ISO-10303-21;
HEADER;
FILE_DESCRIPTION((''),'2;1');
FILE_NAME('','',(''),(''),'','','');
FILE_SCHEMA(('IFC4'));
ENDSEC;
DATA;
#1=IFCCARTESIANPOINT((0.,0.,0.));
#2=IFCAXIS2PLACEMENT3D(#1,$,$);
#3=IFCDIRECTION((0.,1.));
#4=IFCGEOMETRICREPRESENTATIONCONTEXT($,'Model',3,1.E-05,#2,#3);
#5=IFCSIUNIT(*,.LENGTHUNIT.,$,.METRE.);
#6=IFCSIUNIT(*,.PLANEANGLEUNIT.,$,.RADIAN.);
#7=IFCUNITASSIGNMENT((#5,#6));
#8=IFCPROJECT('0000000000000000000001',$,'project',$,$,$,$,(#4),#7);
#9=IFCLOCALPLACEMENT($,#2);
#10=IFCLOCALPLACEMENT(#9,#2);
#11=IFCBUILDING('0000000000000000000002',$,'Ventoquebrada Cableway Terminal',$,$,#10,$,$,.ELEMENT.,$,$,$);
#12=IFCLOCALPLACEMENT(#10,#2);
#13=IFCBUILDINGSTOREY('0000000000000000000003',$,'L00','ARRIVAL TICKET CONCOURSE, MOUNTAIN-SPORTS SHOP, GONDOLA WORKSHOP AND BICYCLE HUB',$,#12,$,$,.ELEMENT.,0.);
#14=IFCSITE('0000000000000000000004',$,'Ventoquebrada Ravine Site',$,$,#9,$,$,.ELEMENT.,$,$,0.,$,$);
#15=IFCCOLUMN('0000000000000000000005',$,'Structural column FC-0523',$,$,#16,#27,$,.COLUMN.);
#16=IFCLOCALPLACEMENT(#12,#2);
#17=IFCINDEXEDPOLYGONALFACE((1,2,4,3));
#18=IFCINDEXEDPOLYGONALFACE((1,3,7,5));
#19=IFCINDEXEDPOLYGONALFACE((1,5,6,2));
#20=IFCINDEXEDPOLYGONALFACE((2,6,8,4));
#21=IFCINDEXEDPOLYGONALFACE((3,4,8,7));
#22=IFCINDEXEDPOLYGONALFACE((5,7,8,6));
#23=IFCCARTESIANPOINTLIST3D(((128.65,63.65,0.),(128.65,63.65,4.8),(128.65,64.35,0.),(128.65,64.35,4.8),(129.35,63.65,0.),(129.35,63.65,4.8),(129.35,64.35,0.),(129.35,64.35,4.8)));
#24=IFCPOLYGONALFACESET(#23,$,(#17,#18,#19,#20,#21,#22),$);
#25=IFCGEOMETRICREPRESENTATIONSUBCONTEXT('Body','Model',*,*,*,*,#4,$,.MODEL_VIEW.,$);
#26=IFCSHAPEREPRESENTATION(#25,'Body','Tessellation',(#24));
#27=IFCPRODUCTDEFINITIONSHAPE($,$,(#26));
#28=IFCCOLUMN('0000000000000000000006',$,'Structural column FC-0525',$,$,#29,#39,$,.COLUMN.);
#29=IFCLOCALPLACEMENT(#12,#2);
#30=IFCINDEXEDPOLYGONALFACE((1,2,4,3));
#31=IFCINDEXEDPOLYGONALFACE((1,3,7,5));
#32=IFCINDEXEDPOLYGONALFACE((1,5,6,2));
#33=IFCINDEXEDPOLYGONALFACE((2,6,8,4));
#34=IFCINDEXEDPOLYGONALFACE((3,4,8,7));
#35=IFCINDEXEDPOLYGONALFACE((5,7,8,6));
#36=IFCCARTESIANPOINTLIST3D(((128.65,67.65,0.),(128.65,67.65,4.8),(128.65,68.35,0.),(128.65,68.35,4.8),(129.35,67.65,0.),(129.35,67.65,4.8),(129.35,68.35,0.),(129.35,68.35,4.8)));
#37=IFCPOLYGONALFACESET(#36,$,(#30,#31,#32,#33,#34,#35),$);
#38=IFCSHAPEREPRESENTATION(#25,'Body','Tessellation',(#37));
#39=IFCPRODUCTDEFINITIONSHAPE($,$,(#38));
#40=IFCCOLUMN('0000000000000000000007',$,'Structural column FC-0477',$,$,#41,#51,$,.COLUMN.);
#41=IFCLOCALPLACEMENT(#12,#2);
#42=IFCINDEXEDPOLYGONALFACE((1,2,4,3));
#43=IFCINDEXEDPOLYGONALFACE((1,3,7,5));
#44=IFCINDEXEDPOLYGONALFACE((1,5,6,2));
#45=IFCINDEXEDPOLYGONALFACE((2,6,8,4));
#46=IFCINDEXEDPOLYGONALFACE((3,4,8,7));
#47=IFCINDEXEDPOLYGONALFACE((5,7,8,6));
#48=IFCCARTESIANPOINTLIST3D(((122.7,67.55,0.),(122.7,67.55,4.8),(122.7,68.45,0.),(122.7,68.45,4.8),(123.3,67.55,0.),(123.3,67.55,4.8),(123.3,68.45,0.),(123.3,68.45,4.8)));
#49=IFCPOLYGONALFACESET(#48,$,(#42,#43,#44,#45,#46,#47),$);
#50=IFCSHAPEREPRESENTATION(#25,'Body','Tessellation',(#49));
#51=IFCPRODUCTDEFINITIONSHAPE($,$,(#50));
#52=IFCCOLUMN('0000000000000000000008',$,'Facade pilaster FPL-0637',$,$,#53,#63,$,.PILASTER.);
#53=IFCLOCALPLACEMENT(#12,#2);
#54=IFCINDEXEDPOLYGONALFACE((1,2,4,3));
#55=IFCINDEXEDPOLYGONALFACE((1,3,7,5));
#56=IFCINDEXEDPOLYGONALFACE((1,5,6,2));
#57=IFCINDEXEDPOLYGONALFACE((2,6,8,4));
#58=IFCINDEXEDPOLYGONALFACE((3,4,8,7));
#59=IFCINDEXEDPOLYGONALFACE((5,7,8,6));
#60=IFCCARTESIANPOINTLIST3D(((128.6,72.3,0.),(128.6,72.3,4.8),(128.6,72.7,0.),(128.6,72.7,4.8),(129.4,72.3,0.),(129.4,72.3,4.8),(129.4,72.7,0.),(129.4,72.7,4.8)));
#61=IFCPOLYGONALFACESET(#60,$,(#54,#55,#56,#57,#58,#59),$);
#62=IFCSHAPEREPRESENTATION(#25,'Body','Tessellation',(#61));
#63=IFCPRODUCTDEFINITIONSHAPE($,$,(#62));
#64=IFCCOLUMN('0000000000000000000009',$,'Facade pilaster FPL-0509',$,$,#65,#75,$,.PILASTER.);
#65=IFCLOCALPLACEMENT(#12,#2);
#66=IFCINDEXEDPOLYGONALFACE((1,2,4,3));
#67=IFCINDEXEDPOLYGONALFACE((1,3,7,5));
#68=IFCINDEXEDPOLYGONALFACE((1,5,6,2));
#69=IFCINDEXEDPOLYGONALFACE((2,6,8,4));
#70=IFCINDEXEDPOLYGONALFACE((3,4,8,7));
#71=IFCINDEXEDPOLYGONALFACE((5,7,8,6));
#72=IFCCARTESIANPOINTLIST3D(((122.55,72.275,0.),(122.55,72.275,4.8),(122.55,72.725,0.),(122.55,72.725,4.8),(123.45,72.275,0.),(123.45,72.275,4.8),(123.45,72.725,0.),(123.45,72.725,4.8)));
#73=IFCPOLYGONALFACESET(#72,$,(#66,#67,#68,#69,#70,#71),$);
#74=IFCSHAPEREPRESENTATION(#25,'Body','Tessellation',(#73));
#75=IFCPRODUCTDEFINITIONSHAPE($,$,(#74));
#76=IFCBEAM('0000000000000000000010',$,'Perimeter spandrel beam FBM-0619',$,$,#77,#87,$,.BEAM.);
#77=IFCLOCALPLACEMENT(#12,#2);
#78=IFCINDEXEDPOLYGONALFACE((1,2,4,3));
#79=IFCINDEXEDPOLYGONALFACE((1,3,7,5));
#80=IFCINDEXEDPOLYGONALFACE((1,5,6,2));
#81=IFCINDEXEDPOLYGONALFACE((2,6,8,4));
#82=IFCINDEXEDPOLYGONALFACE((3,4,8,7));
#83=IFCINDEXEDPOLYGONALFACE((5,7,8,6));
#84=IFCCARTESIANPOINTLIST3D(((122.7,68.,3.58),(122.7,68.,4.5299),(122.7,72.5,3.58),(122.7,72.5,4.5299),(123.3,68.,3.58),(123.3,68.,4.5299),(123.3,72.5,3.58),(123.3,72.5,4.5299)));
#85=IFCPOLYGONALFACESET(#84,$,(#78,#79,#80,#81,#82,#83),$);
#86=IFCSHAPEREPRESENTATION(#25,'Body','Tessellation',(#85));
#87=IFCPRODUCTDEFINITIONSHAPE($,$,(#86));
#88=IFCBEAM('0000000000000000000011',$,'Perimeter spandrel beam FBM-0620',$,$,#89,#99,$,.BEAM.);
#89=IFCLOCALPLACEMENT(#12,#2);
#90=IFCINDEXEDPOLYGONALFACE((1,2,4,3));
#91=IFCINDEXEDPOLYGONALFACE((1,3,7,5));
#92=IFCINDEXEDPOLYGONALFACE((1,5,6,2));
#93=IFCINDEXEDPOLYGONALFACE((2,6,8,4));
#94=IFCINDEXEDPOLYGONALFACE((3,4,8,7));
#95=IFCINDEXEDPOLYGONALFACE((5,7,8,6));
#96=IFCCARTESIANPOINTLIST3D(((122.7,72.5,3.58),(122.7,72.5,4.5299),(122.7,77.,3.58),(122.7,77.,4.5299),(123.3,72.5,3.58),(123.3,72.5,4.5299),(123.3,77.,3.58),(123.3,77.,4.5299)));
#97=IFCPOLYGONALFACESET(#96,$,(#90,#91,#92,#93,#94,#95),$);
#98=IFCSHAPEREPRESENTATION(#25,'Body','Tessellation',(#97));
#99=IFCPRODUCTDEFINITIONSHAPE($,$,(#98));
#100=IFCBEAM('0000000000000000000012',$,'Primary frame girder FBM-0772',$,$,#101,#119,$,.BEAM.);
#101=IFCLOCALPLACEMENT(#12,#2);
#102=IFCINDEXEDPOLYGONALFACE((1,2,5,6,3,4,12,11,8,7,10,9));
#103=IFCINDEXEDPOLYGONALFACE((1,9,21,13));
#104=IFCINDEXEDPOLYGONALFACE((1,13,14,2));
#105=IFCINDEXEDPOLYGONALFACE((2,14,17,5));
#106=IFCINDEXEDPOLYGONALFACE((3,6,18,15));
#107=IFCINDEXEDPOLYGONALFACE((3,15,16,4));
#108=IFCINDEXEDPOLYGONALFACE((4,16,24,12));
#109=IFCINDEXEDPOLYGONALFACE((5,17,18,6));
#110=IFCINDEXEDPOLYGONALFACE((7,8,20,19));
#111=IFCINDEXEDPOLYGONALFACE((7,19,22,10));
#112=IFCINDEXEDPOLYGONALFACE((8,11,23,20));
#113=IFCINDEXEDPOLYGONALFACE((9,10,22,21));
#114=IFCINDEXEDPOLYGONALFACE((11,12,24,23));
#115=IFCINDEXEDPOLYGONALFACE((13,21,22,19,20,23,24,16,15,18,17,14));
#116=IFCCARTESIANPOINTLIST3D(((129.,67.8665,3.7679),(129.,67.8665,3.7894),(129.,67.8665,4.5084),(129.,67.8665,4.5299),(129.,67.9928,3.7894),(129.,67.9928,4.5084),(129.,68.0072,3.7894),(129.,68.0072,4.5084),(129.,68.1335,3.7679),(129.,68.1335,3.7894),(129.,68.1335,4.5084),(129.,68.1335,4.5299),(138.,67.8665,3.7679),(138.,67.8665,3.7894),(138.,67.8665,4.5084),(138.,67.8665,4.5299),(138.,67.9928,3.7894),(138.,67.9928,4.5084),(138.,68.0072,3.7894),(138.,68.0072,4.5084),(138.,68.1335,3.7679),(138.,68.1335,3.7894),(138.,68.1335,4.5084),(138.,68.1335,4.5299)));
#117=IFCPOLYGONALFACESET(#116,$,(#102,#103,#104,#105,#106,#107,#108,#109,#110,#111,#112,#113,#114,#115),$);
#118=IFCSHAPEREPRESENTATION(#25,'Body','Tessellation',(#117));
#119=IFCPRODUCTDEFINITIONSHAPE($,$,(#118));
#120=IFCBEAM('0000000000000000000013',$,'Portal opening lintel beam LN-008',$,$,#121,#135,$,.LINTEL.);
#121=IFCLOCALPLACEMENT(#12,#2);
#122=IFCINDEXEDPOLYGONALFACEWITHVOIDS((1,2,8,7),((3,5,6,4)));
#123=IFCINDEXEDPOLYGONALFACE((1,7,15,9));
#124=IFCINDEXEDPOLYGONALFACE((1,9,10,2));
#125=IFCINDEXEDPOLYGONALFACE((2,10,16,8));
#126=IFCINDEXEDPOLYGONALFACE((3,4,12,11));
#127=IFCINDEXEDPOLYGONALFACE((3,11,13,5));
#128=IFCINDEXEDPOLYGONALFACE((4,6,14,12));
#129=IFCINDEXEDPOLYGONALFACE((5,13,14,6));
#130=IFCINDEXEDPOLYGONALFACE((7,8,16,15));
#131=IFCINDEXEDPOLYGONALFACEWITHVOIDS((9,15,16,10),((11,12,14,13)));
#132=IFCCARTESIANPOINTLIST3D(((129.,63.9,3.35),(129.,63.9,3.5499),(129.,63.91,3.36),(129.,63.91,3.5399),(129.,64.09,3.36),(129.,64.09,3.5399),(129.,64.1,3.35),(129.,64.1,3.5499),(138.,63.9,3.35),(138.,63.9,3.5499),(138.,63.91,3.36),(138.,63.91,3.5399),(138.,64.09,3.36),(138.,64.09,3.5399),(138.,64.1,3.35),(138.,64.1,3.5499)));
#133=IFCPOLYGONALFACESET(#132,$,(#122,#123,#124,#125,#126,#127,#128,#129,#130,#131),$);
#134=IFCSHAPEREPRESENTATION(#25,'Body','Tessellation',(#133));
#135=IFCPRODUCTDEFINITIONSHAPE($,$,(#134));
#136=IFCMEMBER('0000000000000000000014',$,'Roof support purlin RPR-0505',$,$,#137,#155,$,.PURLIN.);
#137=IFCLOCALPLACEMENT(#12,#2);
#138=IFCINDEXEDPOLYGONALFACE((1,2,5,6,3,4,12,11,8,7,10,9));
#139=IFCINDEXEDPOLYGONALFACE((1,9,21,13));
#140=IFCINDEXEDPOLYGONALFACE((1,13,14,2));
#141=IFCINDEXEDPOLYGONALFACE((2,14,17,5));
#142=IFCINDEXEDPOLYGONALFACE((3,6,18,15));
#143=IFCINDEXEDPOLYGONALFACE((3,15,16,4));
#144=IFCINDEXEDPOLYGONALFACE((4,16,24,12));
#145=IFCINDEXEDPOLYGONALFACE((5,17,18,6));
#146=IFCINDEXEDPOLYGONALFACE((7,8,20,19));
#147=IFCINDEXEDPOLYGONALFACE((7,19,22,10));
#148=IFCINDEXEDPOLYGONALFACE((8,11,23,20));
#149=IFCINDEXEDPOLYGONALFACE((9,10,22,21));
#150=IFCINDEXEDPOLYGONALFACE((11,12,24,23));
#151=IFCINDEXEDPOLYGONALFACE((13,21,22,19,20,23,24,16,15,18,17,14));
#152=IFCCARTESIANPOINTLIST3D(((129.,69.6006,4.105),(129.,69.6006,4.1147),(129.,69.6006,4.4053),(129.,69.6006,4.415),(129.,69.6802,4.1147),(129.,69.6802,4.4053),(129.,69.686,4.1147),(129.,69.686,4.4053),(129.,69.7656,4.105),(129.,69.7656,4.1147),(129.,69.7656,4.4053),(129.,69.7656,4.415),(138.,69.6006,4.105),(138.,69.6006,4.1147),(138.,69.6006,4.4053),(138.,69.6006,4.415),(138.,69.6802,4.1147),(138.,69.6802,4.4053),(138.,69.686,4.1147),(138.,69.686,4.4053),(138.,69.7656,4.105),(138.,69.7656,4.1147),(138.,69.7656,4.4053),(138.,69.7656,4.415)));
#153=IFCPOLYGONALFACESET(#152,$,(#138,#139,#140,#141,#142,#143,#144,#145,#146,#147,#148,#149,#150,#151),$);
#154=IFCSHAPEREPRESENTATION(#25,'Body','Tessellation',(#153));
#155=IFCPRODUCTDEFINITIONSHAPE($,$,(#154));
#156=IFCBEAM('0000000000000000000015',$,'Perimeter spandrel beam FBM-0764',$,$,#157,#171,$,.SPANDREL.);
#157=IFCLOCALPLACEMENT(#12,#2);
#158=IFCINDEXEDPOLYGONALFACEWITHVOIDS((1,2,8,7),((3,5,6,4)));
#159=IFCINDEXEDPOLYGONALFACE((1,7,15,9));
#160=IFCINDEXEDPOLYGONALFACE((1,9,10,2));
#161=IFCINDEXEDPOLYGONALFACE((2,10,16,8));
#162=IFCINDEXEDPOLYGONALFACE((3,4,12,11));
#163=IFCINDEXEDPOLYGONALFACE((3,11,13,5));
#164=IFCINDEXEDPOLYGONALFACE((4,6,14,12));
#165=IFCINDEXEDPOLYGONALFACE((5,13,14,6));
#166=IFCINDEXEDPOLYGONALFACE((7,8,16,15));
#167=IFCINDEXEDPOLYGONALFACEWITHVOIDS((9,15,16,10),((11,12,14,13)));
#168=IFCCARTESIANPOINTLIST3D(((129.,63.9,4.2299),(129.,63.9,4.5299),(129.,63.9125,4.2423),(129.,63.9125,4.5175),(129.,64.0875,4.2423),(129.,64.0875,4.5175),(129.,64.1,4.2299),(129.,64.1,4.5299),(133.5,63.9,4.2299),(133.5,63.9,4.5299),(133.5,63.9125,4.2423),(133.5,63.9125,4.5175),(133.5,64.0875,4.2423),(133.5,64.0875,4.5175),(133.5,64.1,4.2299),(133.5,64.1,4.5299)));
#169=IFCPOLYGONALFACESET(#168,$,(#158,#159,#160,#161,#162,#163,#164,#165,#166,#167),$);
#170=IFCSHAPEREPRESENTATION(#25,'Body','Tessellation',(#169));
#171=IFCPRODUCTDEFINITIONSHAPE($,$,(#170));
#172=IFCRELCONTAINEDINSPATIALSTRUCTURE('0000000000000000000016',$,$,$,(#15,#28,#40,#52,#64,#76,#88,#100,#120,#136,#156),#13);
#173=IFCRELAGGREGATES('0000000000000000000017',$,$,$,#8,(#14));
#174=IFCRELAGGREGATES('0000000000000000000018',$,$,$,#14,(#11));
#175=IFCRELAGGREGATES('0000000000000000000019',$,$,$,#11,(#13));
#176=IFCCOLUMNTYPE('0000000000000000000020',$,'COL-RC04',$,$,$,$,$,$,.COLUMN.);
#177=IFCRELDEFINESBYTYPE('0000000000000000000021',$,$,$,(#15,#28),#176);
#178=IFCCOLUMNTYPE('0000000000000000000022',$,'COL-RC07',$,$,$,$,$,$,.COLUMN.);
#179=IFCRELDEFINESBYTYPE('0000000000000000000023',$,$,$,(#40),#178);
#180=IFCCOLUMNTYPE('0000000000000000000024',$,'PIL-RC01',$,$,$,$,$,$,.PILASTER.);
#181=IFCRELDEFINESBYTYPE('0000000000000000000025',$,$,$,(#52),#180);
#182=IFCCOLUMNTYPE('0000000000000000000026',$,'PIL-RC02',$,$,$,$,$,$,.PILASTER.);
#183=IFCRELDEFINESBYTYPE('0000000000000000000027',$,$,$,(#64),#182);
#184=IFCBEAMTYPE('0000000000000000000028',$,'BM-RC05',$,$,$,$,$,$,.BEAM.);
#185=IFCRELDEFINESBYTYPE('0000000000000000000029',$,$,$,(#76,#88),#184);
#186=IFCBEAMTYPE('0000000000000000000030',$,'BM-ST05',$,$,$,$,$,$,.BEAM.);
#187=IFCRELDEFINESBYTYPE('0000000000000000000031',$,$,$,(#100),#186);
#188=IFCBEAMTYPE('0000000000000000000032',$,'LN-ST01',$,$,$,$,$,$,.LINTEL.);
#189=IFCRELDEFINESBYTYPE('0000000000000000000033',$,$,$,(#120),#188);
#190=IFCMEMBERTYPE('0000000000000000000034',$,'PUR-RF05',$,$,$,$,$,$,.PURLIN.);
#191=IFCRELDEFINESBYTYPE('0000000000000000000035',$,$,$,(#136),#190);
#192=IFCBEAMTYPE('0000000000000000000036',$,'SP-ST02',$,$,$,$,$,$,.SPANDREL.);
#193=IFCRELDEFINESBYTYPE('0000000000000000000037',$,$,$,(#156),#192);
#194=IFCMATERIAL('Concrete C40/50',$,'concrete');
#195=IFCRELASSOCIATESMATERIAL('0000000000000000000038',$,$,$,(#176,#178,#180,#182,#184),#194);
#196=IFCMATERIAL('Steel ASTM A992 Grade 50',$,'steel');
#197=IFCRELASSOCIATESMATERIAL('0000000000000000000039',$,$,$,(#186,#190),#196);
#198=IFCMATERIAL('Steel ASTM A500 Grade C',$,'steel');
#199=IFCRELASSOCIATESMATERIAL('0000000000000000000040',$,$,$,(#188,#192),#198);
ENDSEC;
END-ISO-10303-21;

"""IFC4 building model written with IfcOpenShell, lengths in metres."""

from ifc_helpers import new_model, si_unit, direction, frame, origin, origin_2d, place, context, subcontext, project, spatial, rectangle, hollow_rectangle, i_section, extrude, material, material_profile, profile_set, type_object, element, save


model = new_model("IFC4")

# Units and contexts
model_context = context("Model", 3, precision=1e-05, world=origin(), true_north=direction((0.0, 1.0)))
body_context = subcontext(model_context, "Body", "Model", "MODEL_VIEW")
ifc_project = project(units=[si_unit("LENGTHUNIT", "METRE"), si_unit("PLANEANGLEUNIT", "RADIAN")], contexts=[model_context])

# Site, building, storey
site_placement = place(None, origin())
site = spatial("IfcSite", under=ifc_project, at=site_placement, Name="Ventoquebrada Ravine Site", CompositionType="ELEMENT", RefElevation=0.0)
building_placement = place(site_placement, origin())
building = spatial("IfcBuilding", under=site, at=building_placement, Name="Ventoquebrada Cableway Terminal", CompositionType="ELEMENT")
storey_placement = place(building_placement, origin())
storey = spatial("IfcBuildingStorey", under=building, at=storey_placement, Name="L00", Description="ARRIVAL TICKET CONCOURSE, MOUNTAIN-SPORTS SHOP, GONDOLA WORKSHOP AND BICYCLE HUB", CompositionType="ELEMENT", Elevation=0.0)

# Columns
ifc_material_1 = material(Name="Concrete C40/50", Category="concrete")
ifc_material_profile_1 = material_profile(ifc_material_1, rectangle(XDim=0.7, YDim=0.7, at=origin_2d()), Name="RC-COL-700X700")
ifc_profile_set_1 = profile_set([ifc_material_profile_1], Name="Concrete C40/50")
column_type_1 = type_object("IfcColumnType", Name="COL-RC04", PredefinedType="COLUMN", material=ifc_profile_set_1)
for number, where, z_axis, x_axis, name in (
    (1, (129.0, 64.0, 0.0), (0.0, 0.0, 1.0), (1.0, 0.0, 0.0), "Structural column FC-0523"),
    (2, (129.0, 68.0, 0.0), (0.0, 0.0, 1.0), (1.0, 0.0, 0.0), "Structural column FC-0525"),
):
    element("IfcColumn", number, at=place(storey_placement, frame(where, z_axis=z_axis, x_axis=x_axis)), inside=storey, type_object=column_type_1, Name=name, PredefinedType="COLUMN", context=body_context, shape_type="SweptSolid", body=[
        extrude(rectangle(XDim=0.7, YDim=0.7, at=origin_2d()), origin(), (0.0, 0.0, 1.0), 4.8),
    ])
ifc_material_profile_2 = material_profile(ifc_material_1, rectangle(XDim=0.6001, YDim=0.8999, at=origin_2d()), Name="RC-COL-900X600")
ifc_profile_set_2 = profile_set([ifc_material_profile_2], Name="Concrete C40/50")
column_type_2 = type_object("IfcColumnType", Name="COL-RC07", PredefinedType="COLUMN", material=ifc_profile_set_2)
column_1_placement = place(storey_placement, frame((123.0, 68.0, 0.0), z_axis=(0.0, 0.0, 1.0), x_axis=(1.0, 0.0, 0.0)))
element("IfcColumn", 3, at=column_1_placement, inside=storey, type_object=column_type_2, Name="Structural column FC-0477", PredefinedType="COLUMN", context=body_context, shape_type="SweptSolid", body=[
    extrude(rectangle(XDim=0.6001, YDim=0.8999, at=origin_2d()), origin(), (0.0, 0.0, 1.0), 4.8),
])
ifc_material_profile_3 = material_profile(ifc_material_1, rectangle(XDim=0.3999, YDim=0.8, at=origin_2d()), Name="RC-PIL-400X800")
ifc_profile_set_3 = profile_set([ifc_material_profile_3], Name="Concrete C40/50")
column_type_3 = type_object("IfcColumnType", Name="PIL-RC01", PredefinedType="PILASTER", material=ifc_profile_set_3)
column_2_placement = place(storey_placement, frame((129.0, 72.5, 0.0), z_axis=(0.0, 0.0, 1.0), x_axis=(0.0, 1.0, 0.0)))
element("IfcColumn", 4, at=column_2_placement, inside=storey, type_object=column_type_3, Name="Facade pilaster FPL-0637", PredefinedType="PILASTER", context=body_context, shape_type="SweptSolid", body=[
    extrude(rectangle(XDim=0.3999, YDim=0.8, at=origin_2d()), origin(), (0.0, 0.0, 1.0), 4.8),
])
ifc_material_profile_4 = material_profile(ifc_material_1, rectangle(XDim=0.45, YDim=0.8999, at=origin_2d()), Name="RC-PIL-450X900")
ifc_profile_set_4 = profile_set([ifc_material_profile_4], Name="Concrete C40/50")
column_type_4 = type_object("IfcColumnType", Name="PIL-RC02", PredefinedType="PILASTER", material=ifc_profile_set_4)
column_3_placement = place(storey_placement, frame((123.0, 72.5, 0.0), z_axis=(0.0, 0.0, 1.0), x_axis=(0.0, 1.0, 0.0)))
element("IfcColumn", 5, at=column_3_placement, inside=storey, type_object=column_type_4, Name="Facade pilaster FPL-0509", PredefinedType="PILASTER", context=body_context, shape_type="SweptSolid", body=[
    extrude(rectangle(XDim=0.45, YDim=0.8999, at=origin_2d()), origin(), (0.0, 0.0, 1.0), 4.8),
])

# Beams
ifc_material_profile_5 = material_profile(ifc_material_1, rectangle(XDim=0.6001, YDim=0.95, at=origin_2d()), Name="RC-BM-600X950")
ifc_profile_set_5 = profile_set([ifc_material_profile_5], Name="Concrete C40/50")
beam_type_1 = type_object("IfcBeamType", Name="BM-RC05", PredefinedType="BEAM", material=ifc_profile_set_5)
for number, where, z_axis, x_axis, name in (
    (6, (123.0, 68.0, 4.0549), (0.0, 1.0, 0.0), (-1.0, 0.0, 0.0), "Perimeter spandrel beam FBM-0619"),
    (7, (123.0, 72.5, 4.0549), (0.0, 1.0, 0.0), (-1.0, 0.0, 0.0), "Perimeter spandrel beam FBM-0620"),
):
    element("IfcBeam", number, at=place(storey_placement, frame(where, z_axis=z_axis, x_axis=x_axis)), inside=storey, type_object=beam_type_1, Name=name, PredefinedType="BEAM", context=body_context, shape_type="SweptSolid", body=[
        extrude(rectangle(XDim=0.6001, YDim=0.95, at=origin_2d()), origin(), (0.0, 0.0, 1.0), 4.5),
    ])
ifc_material_2 = material(Name="Steel ASTM A992 Grade 50", Category="steel")
ifc_material_profile_6 = material_profile(ifc_material_2, i_section(OverallWidth=0.2671, OverallDepth=0.762, WebThickness=0.0144, FlangeThickness=0.0215, at=origin_2d()), Name="W30X116")
ifc_profile_set_6 = profile_set([ifc_material_profile_6], Name="Steel ASTM A992 Grade 50")
beam_type_2 = type_object("IfcBeamType", Name="BM-ST05", PredefinedType="BEAM", material=ifc_profile_set_6)
beam_1_placement = place(storey_placement, frame((129.0, 68.0, 4.1489), z_axis=(1.0, 0.0, 0.0), x_axis=(0.0, 1.0, 0.0)))
element("IfcBeam", 8, at=beam_1_placement, inside=storey, type_object=beam_type_2, Name="Primary frame girder FBM-0772", PredefinedType="BEAM", context=body_context, shape_type="SweptSolid", body=[
    extrude(i_section(OverallWidth=0.2671, OverallDepth=0.762, WebThickness=0.0144, FlangeThickness=0.0215, at=origin_2d()), origin(), (0.0, 0.0, 1.0), 9.0),
])
ifc_material_3 = material(Name="Steel ASTM A500 Grade C", Category="steel")
ifc_material_profile_7 = material_profile(ifc_material_3, hollow_rectangle(XDim=0.2, YDim=0.2, WallThickness=0.01, at=origin_2d()), Name="HSS200X200X10")
ifc_profile_set_7 = profile_set([ifc_material_profile_7], Name="Steel ASTM A500 Grade C")
beam_type_3 = type_object("IfcBeamType", Name="LN-ST01", PredefinedType="LINTEL", material=ifc_profile_set_7)
beam_2_placement = place(storey_placement, frame((129.0, 64.0, 3.45), z_axis=(1.0, 0.0, 0.0), x_axis=(0.0, 1.0, 0.0)))
element("IfcBeam", 9, at=beam_2_placement, inside=storey, type_object=beam_type_3, Name="Portal opening lintel beam LN-008", PredefinedType="LINTEL", context=body_context, shape_type="SweptSolid", body=[
    extrude(hollow_rectangle(XDim=0.2, YDim=0.2, WallThickness=0.01, at=origin_2d()), origin(), (0.0, 0.0, 1.0), 9.0),
])

# Member
ifc_material_profile_8 = material_profile(ifc_material_2, i_section(OverallWidth=0.165, OverallDepth=0.3101, WebThickness=0.0059, FlangeThickness=0.0098, at=origin_2d()), Name="W12X26")
ifc_profile_set_8 = profile_set([ifc_material_profile_8], Name="Steel ASTM A992 Grade 50")
member_type = type_object("IfcMemberType", Name="PUR-RF05", PredefinedType="PURLIN", material=ifc_profile_set_8)
member_placement = place(storey_placement, frame((129.0, 69.6831, 4.26), z_axis=(1.0, 0.0, 0.0), x_axis=(0.0, 1.0, 0.0)))
element("IfcMember", 10, at=member_placement, inside=storey, type_object=member_type, Name="Roof support purlin RPR-0505", PredefinedType="PURLIN", context=body_context, shape_type="SweptSolid", body=[
    extrude(i_section(OverallWidth=0.165, OverallDepth=0.3101, WebThickness=0.0059, FlangeThickness=0.0098, at=origin_2d()), origin(), (0.0, 0.0, 1.0), 9.0),
])

# Beam
ifc_material_profile_9 = material_profile(ifc_material_3, hollow_rectangle(XDim=0.2, YDim=0.3, WallThickness=0.0125, at=origin_2d()), Name="RHS300X200X12.5")
ifc_profile_set_9 = profile_set([ifc_material_profile_9], Name="Steel ASTM A500 Grade C")
beam_type_4 = type_object("IfcBeamType", Name="SP-ST02", PredefinedType="SPANDREL", material=ifc_profile_set_9)
beam_3_placement = place(storey_placement, frame((129.0, 64.0, 4.3799), z_axis=(1.0, 0.0, 0.0), x_axis=(0.0, 1.0, 0.0)))
element("IfcBeam", 11, at=beam_3_placement, inside=storey, type_object=beam_type_4, Name="Perimeter spandrel beam FBM-0764", PredefinedType="SPANDREL", context=body_context, shape_type="SweptSolid", body=[
    extrude(hollow_rectangle(XDim=0.2, YDim=0.3, WallThickness=0.0125, at=origin_2d()), origin(), (0.0, 0.0, 1.0), 4.5),
])

save(model, "model.ifc")
